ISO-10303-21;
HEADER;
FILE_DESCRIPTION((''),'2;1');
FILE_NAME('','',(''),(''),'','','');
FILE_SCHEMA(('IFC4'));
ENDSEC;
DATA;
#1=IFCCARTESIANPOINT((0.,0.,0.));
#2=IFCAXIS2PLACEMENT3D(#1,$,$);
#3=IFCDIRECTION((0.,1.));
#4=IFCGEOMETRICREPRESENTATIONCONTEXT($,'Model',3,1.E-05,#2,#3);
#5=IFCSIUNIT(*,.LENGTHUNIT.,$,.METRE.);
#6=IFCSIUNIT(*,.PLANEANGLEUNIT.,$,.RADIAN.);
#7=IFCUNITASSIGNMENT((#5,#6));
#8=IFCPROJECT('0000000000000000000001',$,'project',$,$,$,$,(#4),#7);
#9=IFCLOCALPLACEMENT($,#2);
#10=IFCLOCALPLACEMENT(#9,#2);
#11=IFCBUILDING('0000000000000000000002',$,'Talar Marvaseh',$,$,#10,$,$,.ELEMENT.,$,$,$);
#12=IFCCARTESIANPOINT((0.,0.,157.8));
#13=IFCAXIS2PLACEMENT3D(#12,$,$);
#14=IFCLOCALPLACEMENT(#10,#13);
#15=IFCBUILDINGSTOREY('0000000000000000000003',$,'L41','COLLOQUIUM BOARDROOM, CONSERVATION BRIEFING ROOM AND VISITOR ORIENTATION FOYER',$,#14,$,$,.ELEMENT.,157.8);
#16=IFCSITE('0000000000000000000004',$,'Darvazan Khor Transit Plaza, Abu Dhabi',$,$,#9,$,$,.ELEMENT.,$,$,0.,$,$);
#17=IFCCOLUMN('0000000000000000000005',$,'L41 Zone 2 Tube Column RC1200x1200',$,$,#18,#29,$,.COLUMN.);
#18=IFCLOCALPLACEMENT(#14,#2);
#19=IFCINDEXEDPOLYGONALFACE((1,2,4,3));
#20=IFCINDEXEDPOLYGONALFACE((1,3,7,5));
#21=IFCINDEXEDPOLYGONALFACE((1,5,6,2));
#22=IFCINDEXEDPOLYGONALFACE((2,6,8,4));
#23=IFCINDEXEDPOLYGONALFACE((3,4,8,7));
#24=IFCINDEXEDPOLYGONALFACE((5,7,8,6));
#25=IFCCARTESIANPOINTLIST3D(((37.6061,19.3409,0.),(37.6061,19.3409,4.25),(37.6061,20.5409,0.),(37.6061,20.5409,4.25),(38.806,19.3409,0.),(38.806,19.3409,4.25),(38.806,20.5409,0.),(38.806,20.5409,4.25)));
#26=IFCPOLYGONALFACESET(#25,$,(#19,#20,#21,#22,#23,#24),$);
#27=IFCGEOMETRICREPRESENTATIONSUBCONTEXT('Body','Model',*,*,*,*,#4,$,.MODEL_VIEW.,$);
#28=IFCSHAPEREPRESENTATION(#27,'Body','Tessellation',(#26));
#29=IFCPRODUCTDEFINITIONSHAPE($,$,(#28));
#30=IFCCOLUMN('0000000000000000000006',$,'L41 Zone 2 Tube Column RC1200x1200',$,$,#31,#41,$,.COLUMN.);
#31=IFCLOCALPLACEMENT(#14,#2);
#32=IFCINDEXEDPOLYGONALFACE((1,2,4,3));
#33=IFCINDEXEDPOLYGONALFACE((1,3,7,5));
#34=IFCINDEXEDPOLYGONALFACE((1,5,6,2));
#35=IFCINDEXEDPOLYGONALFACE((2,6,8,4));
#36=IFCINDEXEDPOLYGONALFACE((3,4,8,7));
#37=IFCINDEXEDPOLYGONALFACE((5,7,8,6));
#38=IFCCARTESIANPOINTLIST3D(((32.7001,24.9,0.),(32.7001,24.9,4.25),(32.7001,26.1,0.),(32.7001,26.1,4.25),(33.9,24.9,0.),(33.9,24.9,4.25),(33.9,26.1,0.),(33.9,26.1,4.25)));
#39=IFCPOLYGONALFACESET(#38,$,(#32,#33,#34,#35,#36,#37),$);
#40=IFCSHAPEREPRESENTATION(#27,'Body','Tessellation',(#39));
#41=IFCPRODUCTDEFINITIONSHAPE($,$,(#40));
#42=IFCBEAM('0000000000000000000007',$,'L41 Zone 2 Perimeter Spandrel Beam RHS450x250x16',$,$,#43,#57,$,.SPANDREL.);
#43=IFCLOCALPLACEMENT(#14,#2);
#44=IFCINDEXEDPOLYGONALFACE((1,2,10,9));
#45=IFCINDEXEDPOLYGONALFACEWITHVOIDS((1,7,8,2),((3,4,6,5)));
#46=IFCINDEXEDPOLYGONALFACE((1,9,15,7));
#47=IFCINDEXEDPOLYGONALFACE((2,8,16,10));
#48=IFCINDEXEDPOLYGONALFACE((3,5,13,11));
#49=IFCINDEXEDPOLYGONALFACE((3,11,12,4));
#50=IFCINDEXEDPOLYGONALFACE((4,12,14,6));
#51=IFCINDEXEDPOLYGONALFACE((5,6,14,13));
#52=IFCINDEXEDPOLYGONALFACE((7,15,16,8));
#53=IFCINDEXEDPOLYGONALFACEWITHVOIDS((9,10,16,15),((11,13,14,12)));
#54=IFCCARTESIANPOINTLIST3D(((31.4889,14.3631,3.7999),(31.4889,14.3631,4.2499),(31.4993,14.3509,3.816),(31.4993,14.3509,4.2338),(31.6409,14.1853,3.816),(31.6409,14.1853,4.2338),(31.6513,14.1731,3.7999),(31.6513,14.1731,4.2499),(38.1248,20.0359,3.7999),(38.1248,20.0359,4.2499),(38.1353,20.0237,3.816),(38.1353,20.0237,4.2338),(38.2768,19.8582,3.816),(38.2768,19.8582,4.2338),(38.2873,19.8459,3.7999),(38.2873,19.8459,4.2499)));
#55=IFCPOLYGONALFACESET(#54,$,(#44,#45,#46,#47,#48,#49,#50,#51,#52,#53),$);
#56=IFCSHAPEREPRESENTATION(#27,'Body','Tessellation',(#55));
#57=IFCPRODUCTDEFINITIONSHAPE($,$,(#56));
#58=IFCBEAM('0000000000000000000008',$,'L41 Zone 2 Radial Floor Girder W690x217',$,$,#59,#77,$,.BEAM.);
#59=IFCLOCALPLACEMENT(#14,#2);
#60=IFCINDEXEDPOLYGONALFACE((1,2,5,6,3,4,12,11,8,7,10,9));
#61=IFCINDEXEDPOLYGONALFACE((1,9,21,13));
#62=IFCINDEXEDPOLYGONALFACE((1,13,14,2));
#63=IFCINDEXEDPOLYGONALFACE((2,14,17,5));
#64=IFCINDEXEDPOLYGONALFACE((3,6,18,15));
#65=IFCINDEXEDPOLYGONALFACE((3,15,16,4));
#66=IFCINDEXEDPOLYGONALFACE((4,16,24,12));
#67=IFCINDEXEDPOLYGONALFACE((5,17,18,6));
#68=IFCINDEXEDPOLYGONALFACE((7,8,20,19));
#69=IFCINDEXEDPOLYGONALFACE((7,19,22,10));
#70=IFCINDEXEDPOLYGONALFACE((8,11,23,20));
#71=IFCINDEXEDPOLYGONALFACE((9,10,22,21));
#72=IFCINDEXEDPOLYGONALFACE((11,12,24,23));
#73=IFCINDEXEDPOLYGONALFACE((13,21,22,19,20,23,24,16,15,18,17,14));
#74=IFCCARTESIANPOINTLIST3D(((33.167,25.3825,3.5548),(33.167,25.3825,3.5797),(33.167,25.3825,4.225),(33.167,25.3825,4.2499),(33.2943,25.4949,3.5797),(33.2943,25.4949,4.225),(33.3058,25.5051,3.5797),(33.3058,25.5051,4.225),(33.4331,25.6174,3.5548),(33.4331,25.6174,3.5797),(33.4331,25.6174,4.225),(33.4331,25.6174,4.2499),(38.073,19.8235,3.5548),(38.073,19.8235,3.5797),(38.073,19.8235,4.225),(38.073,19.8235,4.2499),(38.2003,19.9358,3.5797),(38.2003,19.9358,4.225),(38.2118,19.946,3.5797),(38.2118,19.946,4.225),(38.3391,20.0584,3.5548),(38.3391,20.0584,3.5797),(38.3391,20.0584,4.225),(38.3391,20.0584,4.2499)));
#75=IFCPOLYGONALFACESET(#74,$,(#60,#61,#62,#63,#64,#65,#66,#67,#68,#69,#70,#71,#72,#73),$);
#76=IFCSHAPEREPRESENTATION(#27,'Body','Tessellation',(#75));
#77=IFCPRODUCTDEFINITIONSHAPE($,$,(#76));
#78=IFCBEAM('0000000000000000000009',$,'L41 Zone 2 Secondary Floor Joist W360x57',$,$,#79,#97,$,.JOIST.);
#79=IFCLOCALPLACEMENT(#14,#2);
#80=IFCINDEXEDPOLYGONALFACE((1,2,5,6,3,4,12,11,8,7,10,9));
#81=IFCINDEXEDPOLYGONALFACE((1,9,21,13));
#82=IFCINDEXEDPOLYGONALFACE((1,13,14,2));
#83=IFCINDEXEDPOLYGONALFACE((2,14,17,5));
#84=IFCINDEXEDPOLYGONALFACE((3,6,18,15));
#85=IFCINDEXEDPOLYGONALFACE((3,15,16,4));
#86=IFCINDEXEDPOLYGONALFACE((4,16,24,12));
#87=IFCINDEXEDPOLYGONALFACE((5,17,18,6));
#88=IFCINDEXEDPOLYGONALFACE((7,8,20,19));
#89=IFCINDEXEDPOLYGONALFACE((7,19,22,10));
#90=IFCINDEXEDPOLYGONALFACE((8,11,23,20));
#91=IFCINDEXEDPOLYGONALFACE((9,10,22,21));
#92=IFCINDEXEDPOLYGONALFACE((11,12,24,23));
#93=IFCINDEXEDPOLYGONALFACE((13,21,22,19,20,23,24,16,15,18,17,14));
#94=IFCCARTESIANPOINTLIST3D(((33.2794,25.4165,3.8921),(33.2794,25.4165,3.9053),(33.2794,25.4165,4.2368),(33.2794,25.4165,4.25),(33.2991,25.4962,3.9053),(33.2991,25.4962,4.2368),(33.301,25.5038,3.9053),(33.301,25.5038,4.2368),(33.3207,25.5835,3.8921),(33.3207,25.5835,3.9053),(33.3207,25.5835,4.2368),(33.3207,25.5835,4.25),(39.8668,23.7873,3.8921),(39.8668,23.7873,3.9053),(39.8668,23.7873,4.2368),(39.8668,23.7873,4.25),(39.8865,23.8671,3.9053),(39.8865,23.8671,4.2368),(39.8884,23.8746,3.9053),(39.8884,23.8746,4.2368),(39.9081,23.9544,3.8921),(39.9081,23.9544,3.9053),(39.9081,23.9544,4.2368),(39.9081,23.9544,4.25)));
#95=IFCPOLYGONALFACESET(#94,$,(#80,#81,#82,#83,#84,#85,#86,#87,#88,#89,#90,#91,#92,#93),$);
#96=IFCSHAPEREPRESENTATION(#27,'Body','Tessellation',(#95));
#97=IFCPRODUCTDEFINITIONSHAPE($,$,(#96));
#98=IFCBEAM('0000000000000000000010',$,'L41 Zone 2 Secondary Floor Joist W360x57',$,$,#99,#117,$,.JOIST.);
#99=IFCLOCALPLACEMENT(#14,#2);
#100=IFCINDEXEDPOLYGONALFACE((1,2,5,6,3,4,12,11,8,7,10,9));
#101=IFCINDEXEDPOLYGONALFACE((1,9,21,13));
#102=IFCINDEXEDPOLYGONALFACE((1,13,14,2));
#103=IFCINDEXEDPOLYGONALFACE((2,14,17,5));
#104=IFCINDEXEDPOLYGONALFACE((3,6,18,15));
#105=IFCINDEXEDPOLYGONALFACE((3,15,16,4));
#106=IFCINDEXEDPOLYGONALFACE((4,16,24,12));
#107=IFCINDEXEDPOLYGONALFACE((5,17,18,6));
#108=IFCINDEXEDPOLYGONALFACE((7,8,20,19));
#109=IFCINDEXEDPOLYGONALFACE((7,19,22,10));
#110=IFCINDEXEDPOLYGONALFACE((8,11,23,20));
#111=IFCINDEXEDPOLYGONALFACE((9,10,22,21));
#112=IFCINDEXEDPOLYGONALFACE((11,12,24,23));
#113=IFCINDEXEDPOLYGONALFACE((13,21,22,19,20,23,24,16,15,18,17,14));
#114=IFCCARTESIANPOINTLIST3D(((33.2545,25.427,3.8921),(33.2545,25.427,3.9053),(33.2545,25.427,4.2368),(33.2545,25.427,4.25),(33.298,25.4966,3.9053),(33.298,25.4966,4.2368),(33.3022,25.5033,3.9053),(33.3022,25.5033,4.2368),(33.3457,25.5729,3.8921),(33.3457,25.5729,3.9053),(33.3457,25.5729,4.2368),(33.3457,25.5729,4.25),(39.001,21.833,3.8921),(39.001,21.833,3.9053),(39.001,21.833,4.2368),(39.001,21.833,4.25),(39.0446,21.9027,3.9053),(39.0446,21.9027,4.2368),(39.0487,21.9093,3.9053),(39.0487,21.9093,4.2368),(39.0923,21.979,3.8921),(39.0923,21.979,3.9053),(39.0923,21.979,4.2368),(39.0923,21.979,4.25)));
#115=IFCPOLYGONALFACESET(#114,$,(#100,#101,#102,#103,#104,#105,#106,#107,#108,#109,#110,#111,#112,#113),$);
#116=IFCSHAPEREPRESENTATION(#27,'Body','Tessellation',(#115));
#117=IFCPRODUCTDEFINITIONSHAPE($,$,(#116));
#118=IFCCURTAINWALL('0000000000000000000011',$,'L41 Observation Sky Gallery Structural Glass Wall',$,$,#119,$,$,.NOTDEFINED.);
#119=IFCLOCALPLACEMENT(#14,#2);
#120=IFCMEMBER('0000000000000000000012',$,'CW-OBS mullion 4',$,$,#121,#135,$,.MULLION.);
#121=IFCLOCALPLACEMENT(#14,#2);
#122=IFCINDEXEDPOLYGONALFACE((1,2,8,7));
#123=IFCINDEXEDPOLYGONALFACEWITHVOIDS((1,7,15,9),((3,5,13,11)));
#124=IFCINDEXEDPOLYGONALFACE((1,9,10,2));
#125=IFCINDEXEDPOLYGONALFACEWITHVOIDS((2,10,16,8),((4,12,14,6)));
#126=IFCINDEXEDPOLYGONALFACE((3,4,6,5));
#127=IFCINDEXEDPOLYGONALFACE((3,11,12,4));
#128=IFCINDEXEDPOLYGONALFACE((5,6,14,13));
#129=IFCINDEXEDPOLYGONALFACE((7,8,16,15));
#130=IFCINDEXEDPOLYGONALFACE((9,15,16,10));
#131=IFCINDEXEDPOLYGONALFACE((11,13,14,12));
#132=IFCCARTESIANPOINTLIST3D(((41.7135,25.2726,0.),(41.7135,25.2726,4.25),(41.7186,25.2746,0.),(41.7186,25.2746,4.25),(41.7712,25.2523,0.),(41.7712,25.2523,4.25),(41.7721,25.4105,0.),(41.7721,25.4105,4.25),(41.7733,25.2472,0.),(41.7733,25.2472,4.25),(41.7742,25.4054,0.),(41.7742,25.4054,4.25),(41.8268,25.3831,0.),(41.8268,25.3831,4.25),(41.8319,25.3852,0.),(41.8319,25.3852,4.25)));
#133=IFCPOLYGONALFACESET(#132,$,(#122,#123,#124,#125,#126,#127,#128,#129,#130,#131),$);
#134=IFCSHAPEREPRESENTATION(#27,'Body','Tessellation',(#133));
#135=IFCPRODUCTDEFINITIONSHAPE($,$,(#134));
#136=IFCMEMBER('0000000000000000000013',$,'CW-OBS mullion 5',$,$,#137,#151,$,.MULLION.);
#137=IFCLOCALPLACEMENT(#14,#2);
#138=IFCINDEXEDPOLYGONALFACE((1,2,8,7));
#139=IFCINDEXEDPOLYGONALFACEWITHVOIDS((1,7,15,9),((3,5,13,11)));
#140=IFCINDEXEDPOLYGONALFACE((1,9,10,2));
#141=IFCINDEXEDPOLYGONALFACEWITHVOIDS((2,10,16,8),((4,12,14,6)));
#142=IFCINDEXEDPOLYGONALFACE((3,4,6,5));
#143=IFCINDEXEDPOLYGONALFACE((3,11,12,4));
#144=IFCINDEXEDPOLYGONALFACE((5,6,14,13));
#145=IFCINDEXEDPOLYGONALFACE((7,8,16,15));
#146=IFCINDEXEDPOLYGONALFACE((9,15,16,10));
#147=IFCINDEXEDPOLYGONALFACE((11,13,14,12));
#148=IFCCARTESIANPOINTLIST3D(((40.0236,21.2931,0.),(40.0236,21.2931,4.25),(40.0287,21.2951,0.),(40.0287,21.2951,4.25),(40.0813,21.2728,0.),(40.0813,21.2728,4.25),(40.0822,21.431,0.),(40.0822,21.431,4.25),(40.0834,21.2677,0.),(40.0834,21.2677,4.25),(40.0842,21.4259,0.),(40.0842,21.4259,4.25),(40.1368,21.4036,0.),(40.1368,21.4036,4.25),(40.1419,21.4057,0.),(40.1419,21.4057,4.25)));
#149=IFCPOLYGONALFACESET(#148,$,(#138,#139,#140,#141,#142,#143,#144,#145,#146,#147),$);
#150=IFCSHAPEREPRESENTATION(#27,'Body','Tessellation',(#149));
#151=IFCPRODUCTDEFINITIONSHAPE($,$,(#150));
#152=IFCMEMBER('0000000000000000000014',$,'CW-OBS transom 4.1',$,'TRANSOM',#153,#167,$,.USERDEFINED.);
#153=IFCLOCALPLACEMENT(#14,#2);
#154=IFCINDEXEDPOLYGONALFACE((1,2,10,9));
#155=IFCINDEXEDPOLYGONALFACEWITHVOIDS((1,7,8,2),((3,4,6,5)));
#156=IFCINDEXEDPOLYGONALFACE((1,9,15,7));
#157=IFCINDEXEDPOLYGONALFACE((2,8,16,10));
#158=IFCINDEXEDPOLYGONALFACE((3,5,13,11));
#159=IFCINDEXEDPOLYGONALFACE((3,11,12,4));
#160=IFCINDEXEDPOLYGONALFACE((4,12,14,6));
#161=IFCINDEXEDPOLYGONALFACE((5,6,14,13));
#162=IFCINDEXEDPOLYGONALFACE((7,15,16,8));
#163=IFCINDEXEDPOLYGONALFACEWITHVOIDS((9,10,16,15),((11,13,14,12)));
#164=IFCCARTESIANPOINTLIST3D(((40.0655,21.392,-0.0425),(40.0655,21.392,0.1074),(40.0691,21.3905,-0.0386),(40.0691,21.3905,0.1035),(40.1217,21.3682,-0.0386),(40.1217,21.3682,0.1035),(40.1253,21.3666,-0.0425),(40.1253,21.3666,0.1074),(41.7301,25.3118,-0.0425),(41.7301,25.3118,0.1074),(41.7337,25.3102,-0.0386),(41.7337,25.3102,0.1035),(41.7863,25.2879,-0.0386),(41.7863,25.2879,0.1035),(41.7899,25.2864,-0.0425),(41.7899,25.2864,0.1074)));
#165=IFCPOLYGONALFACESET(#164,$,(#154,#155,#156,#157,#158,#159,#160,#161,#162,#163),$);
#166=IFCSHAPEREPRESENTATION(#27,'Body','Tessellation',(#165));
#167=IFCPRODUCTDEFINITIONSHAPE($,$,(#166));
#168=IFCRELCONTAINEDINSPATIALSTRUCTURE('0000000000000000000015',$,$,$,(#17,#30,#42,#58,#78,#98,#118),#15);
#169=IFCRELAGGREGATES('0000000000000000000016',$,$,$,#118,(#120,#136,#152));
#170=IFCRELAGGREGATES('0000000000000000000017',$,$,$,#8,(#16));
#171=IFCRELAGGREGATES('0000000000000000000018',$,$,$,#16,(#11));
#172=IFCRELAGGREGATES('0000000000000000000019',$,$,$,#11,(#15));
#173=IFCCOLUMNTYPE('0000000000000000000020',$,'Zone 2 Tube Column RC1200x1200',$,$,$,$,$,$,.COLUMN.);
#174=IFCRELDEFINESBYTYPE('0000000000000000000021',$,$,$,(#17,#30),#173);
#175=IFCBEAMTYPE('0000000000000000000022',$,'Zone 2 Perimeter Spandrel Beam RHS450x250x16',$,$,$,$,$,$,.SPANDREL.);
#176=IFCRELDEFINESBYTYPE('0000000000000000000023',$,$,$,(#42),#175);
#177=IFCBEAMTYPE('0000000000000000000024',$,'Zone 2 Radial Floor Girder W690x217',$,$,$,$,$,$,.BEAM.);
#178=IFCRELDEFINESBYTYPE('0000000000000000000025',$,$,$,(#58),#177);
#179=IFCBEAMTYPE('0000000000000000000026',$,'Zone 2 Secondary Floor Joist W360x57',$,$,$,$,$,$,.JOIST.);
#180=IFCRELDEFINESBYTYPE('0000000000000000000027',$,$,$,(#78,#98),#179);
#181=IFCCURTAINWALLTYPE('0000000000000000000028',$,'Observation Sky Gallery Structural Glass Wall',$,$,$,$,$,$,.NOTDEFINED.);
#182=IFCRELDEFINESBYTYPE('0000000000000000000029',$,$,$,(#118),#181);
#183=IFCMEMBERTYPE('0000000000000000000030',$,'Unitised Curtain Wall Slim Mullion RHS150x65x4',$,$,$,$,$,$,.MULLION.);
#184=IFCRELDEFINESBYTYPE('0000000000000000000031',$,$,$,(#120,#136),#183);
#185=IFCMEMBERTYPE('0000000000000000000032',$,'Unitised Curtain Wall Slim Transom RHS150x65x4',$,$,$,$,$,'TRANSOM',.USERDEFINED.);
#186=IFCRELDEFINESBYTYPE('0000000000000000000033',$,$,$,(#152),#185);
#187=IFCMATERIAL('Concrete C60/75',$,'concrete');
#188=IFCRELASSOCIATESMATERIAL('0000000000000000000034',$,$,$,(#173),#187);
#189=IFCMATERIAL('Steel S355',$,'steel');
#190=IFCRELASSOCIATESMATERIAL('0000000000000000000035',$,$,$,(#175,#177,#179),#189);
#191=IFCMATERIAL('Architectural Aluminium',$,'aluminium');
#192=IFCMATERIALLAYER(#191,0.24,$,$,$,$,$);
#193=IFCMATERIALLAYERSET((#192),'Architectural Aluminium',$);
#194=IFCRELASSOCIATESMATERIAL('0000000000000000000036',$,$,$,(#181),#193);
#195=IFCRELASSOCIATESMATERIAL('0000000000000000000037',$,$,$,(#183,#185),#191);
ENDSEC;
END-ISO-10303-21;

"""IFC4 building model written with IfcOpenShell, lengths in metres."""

from ifc_helpers import new_model, si_unit, direction, frame, origin, origin_2d, place, context, subcontext, project, spatial, rectangle, hollow_rectangle, i_section, extrude, source, transform, mapped, material, layer, layer_set, material_profile, profile_set, type_object, type_shapes, element, aggregate, save


model = new_model("IFC4")

# Units and contexts
model_context = context("Model", 3, precision=1e-05, world=origin(), true_north=direction((0.0, 1.0)))
body_context = subcontext(model_context, "Body", "Model", "MODEL_VIEW")
ifc_project = project(units=[si_unit("LENGTHUNIT", "METRE"), si_unit("PLANEANGLEUNIT", "RADIAN")], contexts=[model_context])

# Site, building, storey
site_placement = place(None, origin())
site = spatial("IfcSite", under=ifc_project, at=site_placement, Name="Darvazan Khor Transit Plaza, Abu Dhabi", CompositionType="ELEMENT", RefElevation=0.0)
building_placement = place(site_placement, origin())
building = spatial("IfcBuilding", under=site, at=building_placement, Name="Talar Marvaseh", CompositionType="ELEMENT")
storey_placement = place(building_placement, frame((0.0, 0.0, 157.8)))
storey = spatial("IfcBuildingStorey", under=building, at=storey_placement, Name="L41", Description="COLLOQUIUM BOARDROOM, CONSERVATION BRIEFING ROOM AND VISITOR ORIENTATION FOYER", CompositionType="ELEMENT", Elevation=157.8)

# Columns
ifc_material_1 = material(Name="Concrete C60/75", Category="concrete")
ifc_material_profile_1 = material_profile(ifc_material_1, rectangle(XDim=1.2, YDim=1.2, at=origin_2d()), Name="RC1200x1200")
ifc_profile_set_1 = profile_set([ifc_material_profile_1], Name="Concrete C60/75")
column_type = type_object("IfcColumnType", Name="Zone 2 Tube Column RC1200x1200", PredefinedType="COLUMN", material=ifc_profile_set_1)
for number, where, z_axis, x_axis, name in (
    (1, (38.2061, 19.9409, 0.0), (0.0, 0.0, 1.0), (1.0, 0.0, 0.0), "L41 Zone 2 Tube Column RC1200x1200"),
    (2, (33.3, 25.5, 0.0), (0.0, 0.0, 1.0), (1.0, 0.0, 0.0), "L41 Zone 2 Tube Column RC1200x1200"),
):
    element("IfcColumn", number, at=place(storey_placement, frame(where, z_axis=z_axis, x_axis=x_axis)), inside=storey, type_object=column_type, Name=name, PredefinedType="COLUMN", context=body_context, shape_type="SweptSolid", body=[
        extrude(rectangle(XDim=1.2, YDim=1.2, at=origin_2d()), origin(), (0.0, 0.0, 1.0), 4.25),
    ])

# Beams
ifc_material_2 = material(Name="Steel S355", Category="steel")
ifc_material_profile_2 = material_profile(ifc_material_2, hollow_rectangle(XDim=0.25, YDim=0.45, WallThickness=0.0161, at=origin_2d()), Name="RHS450x250x16")
ifc_profile_set_2 = profile_set([ifc_material_profile_2], Name="Steel S355")
beam_type_1 = type_object("IfcBeamType", Name="Zone 2 Perimeter Spandrel Beam RHS450x250x16", PredefinedType="SPANDREL", material=ifc_profile_set_2)
beam_1_placement = place(storey_placement, frame((38.2061, 19.9409, 4.0249), z_axis=(-0.760113, -0.649791, 0.0), x_axis=(0.649791, -0.760113, 0.0)))
element("IfcBeam", 3, at=beam_1_placement, inside=storey, type_object=beam_type_1, Name="L41 Zone 2 Perimeter Spandrel Beam RHS450x250x16", PredefinedType="SPANDREL", context=body_context, shape_type="SweptSolid", body=[
    extrude(hollow_rectangle(XDim=0.25, YDim=0.45, WallThickness=0.0161, at=origin_2d()), origin(), (0.0, 0.0, 1.0), 8.7302),
])
ifc_material_profile_3 = material_profile(ifc_material_2, i_section(OverallWidth=0.355, OverallDepth=0.6951, WebThickness=0.0154, FlangeThickness=0.0249, at=origin_2d()), Name="W690x217")
ifc_profile_set_3 = profile_set([ifc_material_profile_3], Name="Steel S355")
beam_type_2 = type_object("IfcBeamType", Name="Zone 2 Radial Floor Girder W690x217", PredefinedType="BEAM", material=ifc_profile_set_3)
beam_2_placement = place(storey_placement, frame((38.2061, 19.9409, 3.9023), z_axis=(-0.661692, 0.749775, 0.0), x_axis=(-0.749775, -0.661692, 0.0)))
element("IfcBeam", 4, at=beam_2_placement, inside=storey, type_object=beam_type_2, Name="L41 Zone 2 Radial Floor Girder W690x217", PredefinedType="BEAM", context=body_context, shape_type="SweptSolid", body=[
    extrude(i_section(OverallWidth=0.355, OverallDepth=0.6951, WebThickness=0.0154, FlangeThickness=0.0249, at=origin_2d()), origin(), (0.0, 0.0, 1.0), 7.4143),
])
ifc_material_profile_4 = material_profile(ifc_material_2, i_section(OverallWidth=0.1721, OverallDepth=0.3579, WebThickness=0.0078, FlangeThickness=0.0132, at=origin_2d()), Name="W360x57")
ifc_profile_set_4 = profile_set([ifc_material_profile_4], Name="Steel S355")
beam_type_3 = type_object("IfcBeamType", Name="Zone 2 Secondary Floor Joist W360x57", PredefinedType="JOIST", material=ifc_profile_set_4)
beam_3_placement = place(storey_placement, frame((39.8875, 23.8708, 4.071), z_axis=(-0.970753, 0.24008, 0.0), x_axis=(-0.24008, -0.970753, 0.0)))
element("IfcBeam", 5, at=beam_3_placement, inside=storey, type_object=beam_type_3, Name="L41 Zone 2 Secondary Floor Joist W360x57", PredefinedType="JOIST", context=body_context, shape_type="SweptSolid", body=[
    extrude(i_section(OverallWidth=0.1721, OverallDepth=0.3579, WebThickness=0.0078, FlangeThickness=0.0132, at=origin_2d()), origin(), (0.0, 0.0, 1.0), 6.7859),
])
beam_4_placement = place(storey_placement, frame((39.0466, 21.906, 4.071), z_axis=(-0.84784, 0.530251, 0.0), x_axis=(-0.530251, -0.84784, 0.0)))
element("IfcBeam", 6, at=beam_4_placement, inside=storey, type_object=beam_type_3, Name="L41 Zone 2 Secondary Floor Joist W360x57", PredefinedType="JOIST", context=body_context, shape_type="SweptSolid", body=[
    extrude(i_section(OverallWidth=0.1721, OverallDepth=0.3579, WebThickness=0.0078, FlangeThickness=0.0132, at=origin_2d()), origin(), (0.0, 0.0, 1.0), 6.7778),
])

# Curtain wall, members
ifc_material_3 = material(Name="Architectural Aluminium", Category="aluminium")
ifc_layer_1 = layer(ifc_material_3, 0.24)
ifc_layer_set_1 = layer_set([ifc_layer_1], Name="Architectural Aluminium")
curtain_wall_type = type_object("IfcCurtainWallType", Name="Observation Sky Gallery Structural Glass Wall", PredefinedType="NOTDEFINED", material=ifc_layer_set_1)
curtain_wall_placement = place(storey_placement, origin())
curtain_wall = element("IfcCurtainWall", 7, at=curtain_wall_placement, inside=storey, type_object=curtain_wall_type, Name="L41 Observation Sky Gallery Structural Glass Wall", PredefinedType="NOTDEFINED")
ifc_material_profile_5 = material_profile(ifc_material_3, hollow_rectangle(XDim=0.0649, YDim=0.1499, WallThickness=0.0039, at=origin_2d()), Name="RHS150x65x4")
ifc_profile_set_5 = profile_set([ifc_material_profile_5], Name="Architectural Aluminium")
member_type_1 = type_object("IfcMemberType", Name="Unitised Curtain Wall Slim Mullion RHS150x65x4", PredefinedType="MULLION", material=ifc_profile_set_5)
shared_shape_1 = source(origin(), body_context, "Body", "SweptSolid", [
    extrude(hollow_rectangle(XDim=0.0649, YDim=0.1499, WallThickness=0.0039, at=origin_2d()), origin(), (0.0, 0.0, 1.0), 4.25),
])
type_shapes(member_type_1, [shared_shape_1])
member_1_placement = place(storey_placement, frame((41.7727, 25.3289, 0.0), z_axis=(0.0, 0.0, 1.0), x_axis=(0.920444, -0.390874, 0.0)))
member_1 = element("IfcMember", 8, at=member_1_placement, type_object=member_type_1, Name="CW-OBS mullion 4", PredefinedType="MULLION", context=body_context, shape_type="MappedRepresentation", body=[
    mapped(shared_shape_1, transform((0.0, 0.0, 0.0), x_axis=(1.0, 0.0, 0.0), y_axis=(0.0, 1.0, 0.0), z_axis=(0.0, 0.0, 1.0), scale=1.0)),
])
member_2_placement = place(storey_placement, frame((40.0828, 21.3494, 0.0), z_axis=(0.0, 0.0, 1.0), x_axis=(0.920444, -0.390874, 0.0)))
member_2 = element("IfcMember", 9, at=member_2_placement, type_object=member_type_1, Name="CW-OBS mullion 5", PredefinedType="MULLION", context=body_context, shape_type="MappedRepresentation", body=[
    mapped(shared_shape_1, transform((0.0, 0.0, 0.0), x_axis=(1.0, 0.0, 0.0), y_axis=(0.0, 1.0, 0.0), z_axis=(0.0, 0.0, 1.0), scale=1.0)),
])
ifc_material_profile_6 = material_profile(ifc_material_3, hollow_rectangle(XDim=0.0649, YDim=0.1499, WallThickness=0.0039, at=origin_2d()), Name="RHS150x65x4")
ifc_profile_set_6 = profile_set([ifc_material_profile_6], Name="Architectural Aluminium")
member_type_2 = type_object("IfcMemberType", Name="Unitised Curtain Wall Slim Transom RHS150x65x4", ElementType="TRANSOM", PredefinedType="USERDEFINED", material=ifc_profile_set_6)
shared_shape_2 = source(origin(), body_context, "Body", "SweptSolid", [
    extrude(hollow_rectangle(XDim=0.0649, YDim=0.1499, WallThickness=0.0039, at=origin_2d()), origin(), (0.0, 0.0, 1.0), 4.2585),
])
member_3_placement = place(storey_placement, frame((41.76, 25.2991, 0.0325), z_axis=(-0.39088, -0.920442, 0.0), x_axis=(0.920442, -0.39088, 0.0)))
member_3 = element("IfcMember", 10, at=member_3_placement, type_object=member_type_2, Name="CW-OBS transom 4.1", ObjectType="TRANSOM", PredefinedType="USERDEFINED", context=body_context, shape_type="MappedRepresentation", body=[
    mapped(shared_shape_2, transform((0.0, 0.0, 0.0), x_axis=(1.0, 0.0, 0.0), y_axis=(0.0, 1.0, 0.0), z_axis=(0.0, 0.0, 1.0), scale=1.0)),
])
aggregate(curtain_wall, [member_1, member_2, member_3])

save(model, "model.ifc")
